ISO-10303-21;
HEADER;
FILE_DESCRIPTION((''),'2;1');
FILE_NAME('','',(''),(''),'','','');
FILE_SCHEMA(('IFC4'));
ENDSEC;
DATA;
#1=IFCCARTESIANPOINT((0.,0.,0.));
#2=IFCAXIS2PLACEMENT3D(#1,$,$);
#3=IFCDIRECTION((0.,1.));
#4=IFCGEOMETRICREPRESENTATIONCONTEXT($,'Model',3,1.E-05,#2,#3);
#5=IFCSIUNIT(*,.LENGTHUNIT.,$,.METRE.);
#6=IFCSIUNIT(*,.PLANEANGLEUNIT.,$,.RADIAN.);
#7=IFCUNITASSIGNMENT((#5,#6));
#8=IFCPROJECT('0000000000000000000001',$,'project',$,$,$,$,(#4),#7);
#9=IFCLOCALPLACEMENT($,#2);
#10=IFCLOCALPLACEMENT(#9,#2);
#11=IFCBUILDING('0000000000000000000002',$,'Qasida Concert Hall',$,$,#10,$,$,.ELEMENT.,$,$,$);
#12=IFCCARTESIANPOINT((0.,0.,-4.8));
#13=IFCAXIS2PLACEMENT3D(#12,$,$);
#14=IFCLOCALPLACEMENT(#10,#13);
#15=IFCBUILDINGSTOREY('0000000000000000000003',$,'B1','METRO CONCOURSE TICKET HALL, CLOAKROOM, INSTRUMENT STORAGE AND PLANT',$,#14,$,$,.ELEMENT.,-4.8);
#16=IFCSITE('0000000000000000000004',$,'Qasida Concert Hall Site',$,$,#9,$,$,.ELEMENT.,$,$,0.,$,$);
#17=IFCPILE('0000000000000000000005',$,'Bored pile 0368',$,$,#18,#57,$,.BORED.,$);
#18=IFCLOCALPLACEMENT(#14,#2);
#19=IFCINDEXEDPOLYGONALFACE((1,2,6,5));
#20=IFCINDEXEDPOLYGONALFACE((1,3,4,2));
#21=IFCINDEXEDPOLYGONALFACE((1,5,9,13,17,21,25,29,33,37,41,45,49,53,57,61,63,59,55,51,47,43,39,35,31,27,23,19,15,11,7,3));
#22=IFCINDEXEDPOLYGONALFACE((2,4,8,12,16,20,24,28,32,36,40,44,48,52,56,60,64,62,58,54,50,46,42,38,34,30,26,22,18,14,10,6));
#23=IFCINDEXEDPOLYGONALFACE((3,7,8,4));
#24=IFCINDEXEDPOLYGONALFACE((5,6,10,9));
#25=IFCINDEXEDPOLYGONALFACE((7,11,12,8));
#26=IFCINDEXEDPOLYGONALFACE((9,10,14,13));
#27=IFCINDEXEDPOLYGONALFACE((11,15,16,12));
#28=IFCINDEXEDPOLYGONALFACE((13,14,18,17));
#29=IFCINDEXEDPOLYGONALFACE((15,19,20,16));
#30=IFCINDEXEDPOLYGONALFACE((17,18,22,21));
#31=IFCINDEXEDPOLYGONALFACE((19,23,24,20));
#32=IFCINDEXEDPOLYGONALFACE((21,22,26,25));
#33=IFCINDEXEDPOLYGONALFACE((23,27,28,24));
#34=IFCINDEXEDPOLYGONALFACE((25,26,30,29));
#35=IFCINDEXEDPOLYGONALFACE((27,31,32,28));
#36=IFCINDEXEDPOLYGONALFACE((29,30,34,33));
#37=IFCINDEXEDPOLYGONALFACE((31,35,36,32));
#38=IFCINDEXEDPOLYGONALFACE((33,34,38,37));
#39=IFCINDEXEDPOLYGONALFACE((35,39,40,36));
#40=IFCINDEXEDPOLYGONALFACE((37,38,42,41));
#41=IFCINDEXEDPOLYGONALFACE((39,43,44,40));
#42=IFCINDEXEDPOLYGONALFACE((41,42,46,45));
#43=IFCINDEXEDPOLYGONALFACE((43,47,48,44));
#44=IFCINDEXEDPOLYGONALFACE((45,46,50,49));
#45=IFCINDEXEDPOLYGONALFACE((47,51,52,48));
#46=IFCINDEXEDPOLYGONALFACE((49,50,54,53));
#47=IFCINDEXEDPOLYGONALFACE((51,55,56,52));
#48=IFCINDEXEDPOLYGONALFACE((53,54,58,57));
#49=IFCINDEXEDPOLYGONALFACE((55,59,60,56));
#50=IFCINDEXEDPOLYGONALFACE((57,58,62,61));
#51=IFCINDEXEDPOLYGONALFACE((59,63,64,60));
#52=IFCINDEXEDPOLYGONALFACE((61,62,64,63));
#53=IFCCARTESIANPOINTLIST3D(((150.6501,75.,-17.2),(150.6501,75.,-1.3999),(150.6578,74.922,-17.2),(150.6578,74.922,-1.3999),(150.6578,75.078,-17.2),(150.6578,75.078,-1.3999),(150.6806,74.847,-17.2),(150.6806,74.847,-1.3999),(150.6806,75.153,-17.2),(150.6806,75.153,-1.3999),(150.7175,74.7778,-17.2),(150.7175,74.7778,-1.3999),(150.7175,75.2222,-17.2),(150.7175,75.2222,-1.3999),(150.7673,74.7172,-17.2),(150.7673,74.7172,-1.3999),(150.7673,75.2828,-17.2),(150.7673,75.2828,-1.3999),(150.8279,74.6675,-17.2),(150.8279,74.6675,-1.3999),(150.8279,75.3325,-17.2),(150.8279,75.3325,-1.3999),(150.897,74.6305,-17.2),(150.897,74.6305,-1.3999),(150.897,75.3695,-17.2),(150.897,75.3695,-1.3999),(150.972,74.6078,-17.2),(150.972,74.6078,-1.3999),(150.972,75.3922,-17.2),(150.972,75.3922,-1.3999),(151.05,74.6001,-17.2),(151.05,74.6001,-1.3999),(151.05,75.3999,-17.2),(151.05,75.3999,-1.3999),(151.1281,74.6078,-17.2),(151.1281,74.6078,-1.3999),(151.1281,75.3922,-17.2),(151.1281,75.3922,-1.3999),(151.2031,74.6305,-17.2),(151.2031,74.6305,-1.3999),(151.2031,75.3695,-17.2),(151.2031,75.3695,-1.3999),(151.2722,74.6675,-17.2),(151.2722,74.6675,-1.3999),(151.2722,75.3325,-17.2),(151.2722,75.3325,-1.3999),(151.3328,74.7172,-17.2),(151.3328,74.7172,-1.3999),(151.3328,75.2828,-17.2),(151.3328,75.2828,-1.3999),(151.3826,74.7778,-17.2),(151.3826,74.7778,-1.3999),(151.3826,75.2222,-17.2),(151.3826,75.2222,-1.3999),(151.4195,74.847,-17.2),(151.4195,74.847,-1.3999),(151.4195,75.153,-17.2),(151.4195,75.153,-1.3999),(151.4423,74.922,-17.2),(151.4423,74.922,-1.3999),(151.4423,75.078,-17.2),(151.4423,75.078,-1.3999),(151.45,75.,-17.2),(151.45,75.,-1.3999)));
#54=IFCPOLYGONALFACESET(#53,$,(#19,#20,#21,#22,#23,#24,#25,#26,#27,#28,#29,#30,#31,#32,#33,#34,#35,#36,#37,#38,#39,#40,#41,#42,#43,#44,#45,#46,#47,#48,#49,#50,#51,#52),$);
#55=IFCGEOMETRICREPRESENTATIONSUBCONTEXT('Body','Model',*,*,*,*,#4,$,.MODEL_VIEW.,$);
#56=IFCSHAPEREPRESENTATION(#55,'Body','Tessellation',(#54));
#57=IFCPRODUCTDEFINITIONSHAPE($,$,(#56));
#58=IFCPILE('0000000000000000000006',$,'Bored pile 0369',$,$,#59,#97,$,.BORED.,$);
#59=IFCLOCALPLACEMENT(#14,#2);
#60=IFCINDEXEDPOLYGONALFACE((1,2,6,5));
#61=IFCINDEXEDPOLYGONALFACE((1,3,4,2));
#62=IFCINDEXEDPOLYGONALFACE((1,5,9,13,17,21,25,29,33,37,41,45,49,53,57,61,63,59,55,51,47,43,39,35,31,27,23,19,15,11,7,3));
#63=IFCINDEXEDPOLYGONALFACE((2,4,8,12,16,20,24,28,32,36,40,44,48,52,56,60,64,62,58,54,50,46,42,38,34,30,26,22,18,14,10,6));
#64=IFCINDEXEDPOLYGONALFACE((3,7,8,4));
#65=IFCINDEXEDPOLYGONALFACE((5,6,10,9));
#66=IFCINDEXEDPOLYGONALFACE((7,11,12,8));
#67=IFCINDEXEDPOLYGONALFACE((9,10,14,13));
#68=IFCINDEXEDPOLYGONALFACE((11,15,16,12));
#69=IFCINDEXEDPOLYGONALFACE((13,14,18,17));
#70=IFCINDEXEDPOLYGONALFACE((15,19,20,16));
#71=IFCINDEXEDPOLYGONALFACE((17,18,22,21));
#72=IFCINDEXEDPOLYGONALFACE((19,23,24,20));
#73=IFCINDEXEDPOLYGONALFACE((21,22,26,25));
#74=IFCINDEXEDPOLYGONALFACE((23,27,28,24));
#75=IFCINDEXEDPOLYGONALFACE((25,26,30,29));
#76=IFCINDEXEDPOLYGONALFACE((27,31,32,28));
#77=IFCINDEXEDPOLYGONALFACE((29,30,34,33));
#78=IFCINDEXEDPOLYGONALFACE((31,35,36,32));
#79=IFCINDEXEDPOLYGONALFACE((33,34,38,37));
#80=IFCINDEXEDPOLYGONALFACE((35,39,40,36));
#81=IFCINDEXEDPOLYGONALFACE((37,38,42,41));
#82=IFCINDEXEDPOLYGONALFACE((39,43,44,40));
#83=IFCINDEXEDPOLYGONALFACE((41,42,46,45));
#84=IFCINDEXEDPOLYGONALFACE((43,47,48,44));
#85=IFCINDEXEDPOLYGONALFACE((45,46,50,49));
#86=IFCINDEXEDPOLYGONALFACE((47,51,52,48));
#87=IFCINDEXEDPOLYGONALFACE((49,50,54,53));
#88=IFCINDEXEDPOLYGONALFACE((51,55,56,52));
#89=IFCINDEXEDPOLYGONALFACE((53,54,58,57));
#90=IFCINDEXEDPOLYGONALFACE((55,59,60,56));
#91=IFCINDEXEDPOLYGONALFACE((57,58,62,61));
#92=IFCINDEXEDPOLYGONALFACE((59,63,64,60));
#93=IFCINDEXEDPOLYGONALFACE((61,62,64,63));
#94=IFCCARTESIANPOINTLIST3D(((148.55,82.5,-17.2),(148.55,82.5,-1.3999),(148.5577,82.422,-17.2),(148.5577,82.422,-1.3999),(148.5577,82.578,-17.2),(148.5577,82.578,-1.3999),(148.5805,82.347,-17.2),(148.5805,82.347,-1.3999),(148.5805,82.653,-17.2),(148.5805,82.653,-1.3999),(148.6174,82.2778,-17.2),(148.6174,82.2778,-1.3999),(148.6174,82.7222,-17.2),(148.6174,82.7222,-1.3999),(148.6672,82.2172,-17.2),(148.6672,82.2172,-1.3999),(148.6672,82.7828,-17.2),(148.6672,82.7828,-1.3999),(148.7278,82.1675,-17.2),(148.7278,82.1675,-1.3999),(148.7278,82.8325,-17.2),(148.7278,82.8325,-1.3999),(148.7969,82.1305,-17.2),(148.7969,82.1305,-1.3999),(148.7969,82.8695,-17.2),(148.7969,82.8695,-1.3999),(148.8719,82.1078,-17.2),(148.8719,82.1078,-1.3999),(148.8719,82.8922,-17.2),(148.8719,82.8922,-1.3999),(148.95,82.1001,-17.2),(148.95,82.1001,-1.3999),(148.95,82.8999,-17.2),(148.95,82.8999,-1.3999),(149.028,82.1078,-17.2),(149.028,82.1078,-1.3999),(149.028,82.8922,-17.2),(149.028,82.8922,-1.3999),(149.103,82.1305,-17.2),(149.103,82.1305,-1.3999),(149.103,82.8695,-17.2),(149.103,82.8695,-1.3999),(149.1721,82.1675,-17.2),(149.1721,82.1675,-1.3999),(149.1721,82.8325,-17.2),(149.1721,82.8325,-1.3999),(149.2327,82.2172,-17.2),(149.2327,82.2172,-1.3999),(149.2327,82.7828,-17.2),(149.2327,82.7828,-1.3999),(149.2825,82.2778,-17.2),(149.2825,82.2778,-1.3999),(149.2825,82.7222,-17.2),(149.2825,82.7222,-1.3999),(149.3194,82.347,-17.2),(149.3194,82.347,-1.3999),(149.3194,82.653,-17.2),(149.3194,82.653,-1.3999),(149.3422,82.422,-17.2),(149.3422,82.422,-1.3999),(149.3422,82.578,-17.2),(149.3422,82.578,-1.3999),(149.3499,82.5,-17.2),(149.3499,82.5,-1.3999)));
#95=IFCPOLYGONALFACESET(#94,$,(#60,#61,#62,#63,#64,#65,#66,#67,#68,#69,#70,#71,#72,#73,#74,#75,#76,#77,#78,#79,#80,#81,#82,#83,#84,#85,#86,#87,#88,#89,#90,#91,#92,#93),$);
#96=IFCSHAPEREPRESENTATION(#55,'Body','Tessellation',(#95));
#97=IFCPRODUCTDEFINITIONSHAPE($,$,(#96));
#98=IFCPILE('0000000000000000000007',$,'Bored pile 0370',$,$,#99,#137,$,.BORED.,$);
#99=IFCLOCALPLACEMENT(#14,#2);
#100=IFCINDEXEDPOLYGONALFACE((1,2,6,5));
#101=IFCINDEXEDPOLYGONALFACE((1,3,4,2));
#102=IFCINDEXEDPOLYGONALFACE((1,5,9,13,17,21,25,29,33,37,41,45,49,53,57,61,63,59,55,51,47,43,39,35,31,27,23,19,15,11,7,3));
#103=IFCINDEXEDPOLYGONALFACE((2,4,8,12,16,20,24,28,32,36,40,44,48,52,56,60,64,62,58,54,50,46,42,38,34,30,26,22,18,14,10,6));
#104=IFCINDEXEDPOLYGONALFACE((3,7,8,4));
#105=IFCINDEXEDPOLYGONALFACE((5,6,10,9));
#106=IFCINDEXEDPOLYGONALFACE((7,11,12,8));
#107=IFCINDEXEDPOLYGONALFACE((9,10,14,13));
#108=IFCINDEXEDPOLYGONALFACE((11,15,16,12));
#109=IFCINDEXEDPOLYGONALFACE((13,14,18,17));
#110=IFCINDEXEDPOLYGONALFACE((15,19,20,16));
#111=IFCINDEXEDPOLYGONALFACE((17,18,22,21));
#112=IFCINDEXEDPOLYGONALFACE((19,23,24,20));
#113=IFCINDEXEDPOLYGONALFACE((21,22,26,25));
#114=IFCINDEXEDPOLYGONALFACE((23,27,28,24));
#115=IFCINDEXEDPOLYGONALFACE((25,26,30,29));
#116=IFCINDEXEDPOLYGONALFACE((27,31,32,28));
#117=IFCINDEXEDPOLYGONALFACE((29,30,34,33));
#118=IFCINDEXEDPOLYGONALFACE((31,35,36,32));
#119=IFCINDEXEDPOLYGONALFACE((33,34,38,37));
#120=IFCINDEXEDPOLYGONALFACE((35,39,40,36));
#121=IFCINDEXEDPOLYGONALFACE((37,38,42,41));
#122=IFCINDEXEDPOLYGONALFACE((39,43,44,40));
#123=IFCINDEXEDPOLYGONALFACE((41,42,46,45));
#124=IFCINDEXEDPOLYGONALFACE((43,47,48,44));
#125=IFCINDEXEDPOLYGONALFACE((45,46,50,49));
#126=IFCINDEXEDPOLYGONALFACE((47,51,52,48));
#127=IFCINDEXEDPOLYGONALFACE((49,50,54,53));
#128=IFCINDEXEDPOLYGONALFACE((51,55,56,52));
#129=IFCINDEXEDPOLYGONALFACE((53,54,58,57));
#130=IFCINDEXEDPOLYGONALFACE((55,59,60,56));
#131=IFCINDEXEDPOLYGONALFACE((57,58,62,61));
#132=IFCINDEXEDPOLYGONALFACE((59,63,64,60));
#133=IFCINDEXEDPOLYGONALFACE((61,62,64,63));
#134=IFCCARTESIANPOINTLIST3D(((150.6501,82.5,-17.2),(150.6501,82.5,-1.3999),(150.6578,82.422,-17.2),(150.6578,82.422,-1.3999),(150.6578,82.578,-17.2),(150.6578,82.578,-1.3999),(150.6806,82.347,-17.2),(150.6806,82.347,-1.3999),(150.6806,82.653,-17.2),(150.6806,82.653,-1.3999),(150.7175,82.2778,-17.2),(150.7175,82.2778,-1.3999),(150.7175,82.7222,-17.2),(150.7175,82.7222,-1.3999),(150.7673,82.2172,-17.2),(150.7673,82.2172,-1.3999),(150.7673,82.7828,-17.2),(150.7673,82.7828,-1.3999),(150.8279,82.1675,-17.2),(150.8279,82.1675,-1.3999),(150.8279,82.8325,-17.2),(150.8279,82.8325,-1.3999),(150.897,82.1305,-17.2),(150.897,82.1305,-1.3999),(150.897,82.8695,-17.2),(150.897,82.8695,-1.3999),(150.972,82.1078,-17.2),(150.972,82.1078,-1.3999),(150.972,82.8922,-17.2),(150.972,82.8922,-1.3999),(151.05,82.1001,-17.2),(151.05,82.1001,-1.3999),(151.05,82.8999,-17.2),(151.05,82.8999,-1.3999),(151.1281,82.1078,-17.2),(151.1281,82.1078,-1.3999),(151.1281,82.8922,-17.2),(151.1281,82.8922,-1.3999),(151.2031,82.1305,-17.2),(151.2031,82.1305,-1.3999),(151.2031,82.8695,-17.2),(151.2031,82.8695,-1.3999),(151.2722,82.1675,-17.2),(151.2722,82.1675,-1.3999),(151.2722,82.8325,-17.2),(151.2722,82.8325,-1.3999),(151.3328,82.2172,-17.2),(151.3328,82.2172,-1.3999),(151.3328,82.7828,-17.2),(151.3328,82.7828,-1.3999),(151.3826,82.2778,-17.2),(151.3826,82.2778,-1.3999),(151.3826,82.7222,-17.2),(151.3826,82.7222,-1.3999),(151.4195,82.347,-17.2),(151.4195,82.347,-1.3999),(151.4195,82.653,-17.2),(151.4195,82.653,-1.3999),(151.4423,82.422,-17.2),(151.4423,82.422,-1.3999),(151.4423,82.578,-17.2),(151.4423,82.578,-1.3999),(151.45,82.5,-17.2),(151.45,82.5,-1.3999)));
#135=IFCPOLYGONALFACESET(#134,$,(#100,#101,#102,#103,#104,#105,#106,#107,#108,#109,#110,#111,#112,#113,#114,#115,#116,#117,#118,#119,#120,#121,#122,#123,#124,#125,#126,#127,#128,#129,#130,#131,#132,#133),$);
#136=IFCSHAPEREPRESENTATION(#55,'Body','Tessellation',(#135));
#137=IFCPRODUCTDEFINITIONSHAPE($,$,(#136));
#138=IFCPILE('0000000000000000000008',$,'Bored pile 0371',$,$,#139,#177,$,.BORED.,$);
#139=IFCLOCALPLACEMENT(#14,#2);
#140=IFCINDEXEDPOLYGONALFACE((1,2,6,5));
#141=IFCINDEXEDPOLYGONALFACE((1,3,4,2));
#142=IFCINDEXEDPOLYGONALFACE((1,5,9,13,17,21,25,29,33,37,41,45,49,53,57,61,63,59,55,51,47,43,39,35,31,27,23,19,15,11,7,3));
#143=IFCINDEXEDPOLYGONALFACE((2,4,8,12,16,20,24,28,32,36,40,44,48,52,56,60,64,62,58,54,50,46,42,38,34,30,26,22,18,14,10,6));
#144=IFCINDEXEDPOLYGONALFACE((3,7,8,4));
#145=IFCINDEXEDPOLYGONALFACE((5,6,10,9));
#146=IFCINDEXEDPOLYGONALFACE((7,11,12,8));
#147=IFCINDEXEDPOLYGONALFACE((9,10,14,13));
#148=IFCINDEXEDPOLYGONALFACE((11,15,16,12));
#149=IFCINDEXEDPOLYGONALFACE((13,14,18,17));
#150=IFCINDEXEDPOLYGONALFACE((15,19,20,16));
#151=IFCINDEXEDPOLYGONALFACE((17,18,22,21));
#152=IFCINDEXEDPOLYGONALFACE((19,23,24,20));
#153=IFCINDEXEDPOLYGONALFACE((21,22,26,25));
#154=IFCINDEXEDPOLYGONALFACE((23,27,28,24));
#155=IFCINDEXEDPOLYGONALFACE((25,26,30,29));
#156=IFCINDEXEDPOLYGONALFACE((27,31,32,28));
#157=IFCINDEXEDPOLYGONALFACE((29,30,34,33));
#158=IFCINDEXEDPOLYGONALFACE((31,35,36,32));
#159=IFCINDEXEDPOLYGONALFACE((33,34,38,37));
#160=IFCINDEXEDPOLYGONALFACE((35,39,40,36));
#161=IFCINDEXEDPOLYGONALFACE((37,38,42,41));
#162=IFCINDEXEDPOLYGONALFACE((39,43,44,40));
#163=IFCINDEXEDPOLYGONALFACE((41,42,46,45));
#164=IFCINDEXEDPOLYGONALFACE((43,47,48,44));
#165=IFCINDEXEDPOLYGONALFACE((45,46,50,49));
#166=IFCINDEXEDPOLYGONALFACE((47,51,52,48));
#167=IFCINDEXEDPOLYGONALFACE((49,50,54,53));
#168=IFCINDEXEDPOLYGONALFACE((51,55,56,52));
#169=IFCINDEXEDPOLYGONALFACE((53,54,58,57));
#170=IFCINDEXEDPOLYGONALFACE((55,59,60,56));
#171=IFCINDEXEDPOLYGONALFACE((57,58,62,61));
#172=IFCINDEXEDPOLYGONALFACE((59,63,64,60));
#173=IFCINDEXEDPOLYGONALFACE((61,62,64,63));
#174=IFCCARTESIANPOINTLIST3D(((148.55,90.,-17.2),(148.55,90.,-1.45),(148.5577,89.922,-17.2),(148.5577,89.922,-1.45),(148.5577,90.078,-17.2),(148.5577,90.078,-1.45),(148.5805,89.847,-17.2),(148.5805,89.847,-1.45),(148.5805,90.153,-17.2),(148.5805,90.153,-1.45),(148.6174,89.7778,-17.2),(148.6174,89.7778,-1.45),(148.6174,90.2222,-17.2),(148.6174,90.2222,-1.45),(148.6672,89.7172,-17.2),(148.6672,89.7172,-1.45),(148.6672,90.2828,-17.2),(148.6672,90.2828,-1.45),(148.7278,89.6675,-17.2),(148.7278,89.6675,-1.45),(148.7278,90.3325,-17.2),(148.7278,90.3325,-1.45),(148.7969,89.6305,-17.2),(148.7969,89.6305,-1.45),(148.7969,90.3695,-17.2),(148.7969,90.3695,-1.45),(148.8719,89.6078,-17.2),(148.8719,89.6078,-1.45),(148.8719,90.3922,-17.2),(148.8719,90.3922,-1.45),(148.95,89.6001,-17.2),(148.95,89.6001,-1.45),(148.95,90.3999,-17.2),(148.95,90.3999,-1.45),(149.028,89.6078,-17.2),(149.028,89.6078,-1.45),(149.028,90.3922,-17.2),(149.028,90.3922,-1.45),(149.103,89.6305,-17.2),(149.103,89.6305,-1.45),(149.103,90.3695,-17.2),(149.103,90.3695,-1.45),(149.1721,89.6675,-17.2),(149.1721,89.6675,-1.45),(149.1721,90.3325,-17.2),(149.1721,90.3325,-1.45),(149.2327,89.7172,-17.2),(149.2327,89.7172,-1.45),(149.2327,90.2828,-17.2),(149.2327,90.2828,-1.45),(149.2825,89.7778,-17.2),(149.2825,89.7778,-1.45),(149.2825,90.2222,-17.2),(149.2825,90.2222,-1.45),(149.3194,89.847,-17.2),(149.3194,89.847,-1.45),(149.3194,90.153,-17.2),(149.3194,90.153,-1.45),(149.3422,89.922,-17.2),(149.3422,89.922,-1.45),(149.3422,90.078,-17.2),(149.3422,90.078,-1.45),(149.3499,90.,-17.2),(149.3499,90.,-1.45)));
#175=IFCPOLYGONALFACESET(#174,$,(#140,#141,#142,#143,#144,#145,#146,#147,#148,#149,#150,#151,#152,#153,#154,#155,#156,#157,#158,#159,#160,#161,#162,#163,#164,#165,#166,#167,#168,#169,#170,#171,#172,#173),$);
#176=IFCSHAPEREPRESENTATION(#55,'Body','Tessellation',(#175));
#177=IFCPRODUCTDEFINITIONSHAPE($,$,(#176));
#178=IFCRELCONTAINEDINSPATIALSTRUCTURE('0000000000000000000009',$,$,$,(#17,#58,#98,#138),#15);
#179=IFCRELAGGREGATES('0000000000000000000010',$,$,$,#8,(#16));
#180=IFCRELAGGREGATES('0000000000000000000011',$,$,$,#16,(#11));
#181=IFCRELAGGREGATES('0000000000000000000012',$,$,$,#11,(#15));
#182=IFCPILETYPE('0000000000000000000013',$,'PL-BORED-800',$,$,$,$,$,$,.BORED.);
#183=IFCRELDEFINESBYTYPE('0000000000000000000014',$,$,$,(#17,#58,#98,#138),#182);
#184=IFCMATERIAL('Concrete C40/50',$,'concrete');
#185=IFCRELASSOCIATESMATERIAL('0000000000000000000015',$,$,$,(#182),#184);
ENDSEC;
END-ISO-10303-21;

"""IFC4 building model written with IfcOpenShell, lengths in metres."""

from ifc_helpers import new_model, si_unit, direction, frame, origin, origin_2d, place, context, subcontext, project, spatial, circle, extrude, material, material_profile, profile_set, type_object, element, save


model = new_model("IFC4")

# Units and contexts
model_context = context("Model", 3, precision=1e-05, world=origin(), true_north=direction((0.0, 1.0)))
body_context = subcontext(model_context, "Body", "Model", "MODEL_VIEW")
ifc_project = project(units=[si_unit("LENGTHUNIT", "METRE"), si_unit("PLANEANGLEUNIT", "RADIAN")], contexts=[model_context])

# Site, building, storey
site_placement = place(None, origin())
site = spatial("IfcSite", under=ifc_project, at=site_placement, Name="Qasida Concert Hall Site", CompositionType="ELEMENT", RefElevation=0.0)
building_placement = place(site_placement, origin())
building = spatial("IfcBuilding", under=site, at=building_placement, Name="Qasida Concert Hall", CompositionType="ELEMENT")
storey_placement = place(building_placement, frame((0.0, 0.0, -4.8)))
storey = spatial("IfcBuildingStorey", under=building, at=storey_placement, Name="B1", Description="METRO CONCOURSE TICKET HALL, CLOAKROOM, INSTRUMENT STORAGE AND PLANT", CompositionType="ELEMENT", Elevation=-4.8)

# Shared definitions
ifc_material_1 = material(Name="Concrete C40/50", Category="concrete")

# Piles
ifc_material_profile_1 = material_profile(ifc_material_1, circle(Radius=0.3999, at=origin_2d()), Name="BORED PILE D800")
ifc_profile_set_1 = profile_set([ifc_material_profile_1], Name="Concrete C40/50")
pile_type = type_object("IfcPileType", Name="PL-BORED-800", PredefinedType="BORED", material=ifc_profile_set_1)
for number, where, z_axis, x_axis, name in (
    (1, (151.05, 75.0, -1.3999), (0.0, 0.0, -1.0), (1.0, 0.0, 0.0), "Bored pile 0368"),
    (2, (148.95, 82.5, -1.3999), (0.0, 0.0, -1.0), (1.0, 0.0, 0.0), "Bored pile 0369"),
    (3, (151.05, 82.5, -1.3999), (0.0, 0.0, -1.0), (1.0, 0.0, 0.0), "Bored pile 0370"),
):
    element("IfcPile", number, at=place(storey_placement, frame(where, z_axis=z_axis, x_axis=x_axis)), inside=storey, type_object=pile_type, Name=name, PredefinedType="BORED", context=body_context, shape_type="SweptSolid", body=[
        extrude(circle(Radius=0.3999, at=origin_2d()), origin(), (0.0, 0.0, 1.0), 15.8),
    ])
for number, where, z_axis, x_axis, name in (
    (4, (148.95, 90.0, -1.45), (0.0, 0.0, -1.0), (1.0, 0.0, 0.0), "Bored pile 0371"),
):
    element("IfcPile", number, at=place(storey_placement, frame(where, z_axis=z_axis, x_axis=x_axis)), inside=storey, type_object=pile_type, Name=name, PredefinedType="BORED", context=body_context, shape_type="SweptSolid", body=[
        extrude(circle(Radius=0.3999, at=origin_2d()), origin(), (0.0, 0.0, 1.0), 15.75),
    ])

save(model, "model.ifc")
